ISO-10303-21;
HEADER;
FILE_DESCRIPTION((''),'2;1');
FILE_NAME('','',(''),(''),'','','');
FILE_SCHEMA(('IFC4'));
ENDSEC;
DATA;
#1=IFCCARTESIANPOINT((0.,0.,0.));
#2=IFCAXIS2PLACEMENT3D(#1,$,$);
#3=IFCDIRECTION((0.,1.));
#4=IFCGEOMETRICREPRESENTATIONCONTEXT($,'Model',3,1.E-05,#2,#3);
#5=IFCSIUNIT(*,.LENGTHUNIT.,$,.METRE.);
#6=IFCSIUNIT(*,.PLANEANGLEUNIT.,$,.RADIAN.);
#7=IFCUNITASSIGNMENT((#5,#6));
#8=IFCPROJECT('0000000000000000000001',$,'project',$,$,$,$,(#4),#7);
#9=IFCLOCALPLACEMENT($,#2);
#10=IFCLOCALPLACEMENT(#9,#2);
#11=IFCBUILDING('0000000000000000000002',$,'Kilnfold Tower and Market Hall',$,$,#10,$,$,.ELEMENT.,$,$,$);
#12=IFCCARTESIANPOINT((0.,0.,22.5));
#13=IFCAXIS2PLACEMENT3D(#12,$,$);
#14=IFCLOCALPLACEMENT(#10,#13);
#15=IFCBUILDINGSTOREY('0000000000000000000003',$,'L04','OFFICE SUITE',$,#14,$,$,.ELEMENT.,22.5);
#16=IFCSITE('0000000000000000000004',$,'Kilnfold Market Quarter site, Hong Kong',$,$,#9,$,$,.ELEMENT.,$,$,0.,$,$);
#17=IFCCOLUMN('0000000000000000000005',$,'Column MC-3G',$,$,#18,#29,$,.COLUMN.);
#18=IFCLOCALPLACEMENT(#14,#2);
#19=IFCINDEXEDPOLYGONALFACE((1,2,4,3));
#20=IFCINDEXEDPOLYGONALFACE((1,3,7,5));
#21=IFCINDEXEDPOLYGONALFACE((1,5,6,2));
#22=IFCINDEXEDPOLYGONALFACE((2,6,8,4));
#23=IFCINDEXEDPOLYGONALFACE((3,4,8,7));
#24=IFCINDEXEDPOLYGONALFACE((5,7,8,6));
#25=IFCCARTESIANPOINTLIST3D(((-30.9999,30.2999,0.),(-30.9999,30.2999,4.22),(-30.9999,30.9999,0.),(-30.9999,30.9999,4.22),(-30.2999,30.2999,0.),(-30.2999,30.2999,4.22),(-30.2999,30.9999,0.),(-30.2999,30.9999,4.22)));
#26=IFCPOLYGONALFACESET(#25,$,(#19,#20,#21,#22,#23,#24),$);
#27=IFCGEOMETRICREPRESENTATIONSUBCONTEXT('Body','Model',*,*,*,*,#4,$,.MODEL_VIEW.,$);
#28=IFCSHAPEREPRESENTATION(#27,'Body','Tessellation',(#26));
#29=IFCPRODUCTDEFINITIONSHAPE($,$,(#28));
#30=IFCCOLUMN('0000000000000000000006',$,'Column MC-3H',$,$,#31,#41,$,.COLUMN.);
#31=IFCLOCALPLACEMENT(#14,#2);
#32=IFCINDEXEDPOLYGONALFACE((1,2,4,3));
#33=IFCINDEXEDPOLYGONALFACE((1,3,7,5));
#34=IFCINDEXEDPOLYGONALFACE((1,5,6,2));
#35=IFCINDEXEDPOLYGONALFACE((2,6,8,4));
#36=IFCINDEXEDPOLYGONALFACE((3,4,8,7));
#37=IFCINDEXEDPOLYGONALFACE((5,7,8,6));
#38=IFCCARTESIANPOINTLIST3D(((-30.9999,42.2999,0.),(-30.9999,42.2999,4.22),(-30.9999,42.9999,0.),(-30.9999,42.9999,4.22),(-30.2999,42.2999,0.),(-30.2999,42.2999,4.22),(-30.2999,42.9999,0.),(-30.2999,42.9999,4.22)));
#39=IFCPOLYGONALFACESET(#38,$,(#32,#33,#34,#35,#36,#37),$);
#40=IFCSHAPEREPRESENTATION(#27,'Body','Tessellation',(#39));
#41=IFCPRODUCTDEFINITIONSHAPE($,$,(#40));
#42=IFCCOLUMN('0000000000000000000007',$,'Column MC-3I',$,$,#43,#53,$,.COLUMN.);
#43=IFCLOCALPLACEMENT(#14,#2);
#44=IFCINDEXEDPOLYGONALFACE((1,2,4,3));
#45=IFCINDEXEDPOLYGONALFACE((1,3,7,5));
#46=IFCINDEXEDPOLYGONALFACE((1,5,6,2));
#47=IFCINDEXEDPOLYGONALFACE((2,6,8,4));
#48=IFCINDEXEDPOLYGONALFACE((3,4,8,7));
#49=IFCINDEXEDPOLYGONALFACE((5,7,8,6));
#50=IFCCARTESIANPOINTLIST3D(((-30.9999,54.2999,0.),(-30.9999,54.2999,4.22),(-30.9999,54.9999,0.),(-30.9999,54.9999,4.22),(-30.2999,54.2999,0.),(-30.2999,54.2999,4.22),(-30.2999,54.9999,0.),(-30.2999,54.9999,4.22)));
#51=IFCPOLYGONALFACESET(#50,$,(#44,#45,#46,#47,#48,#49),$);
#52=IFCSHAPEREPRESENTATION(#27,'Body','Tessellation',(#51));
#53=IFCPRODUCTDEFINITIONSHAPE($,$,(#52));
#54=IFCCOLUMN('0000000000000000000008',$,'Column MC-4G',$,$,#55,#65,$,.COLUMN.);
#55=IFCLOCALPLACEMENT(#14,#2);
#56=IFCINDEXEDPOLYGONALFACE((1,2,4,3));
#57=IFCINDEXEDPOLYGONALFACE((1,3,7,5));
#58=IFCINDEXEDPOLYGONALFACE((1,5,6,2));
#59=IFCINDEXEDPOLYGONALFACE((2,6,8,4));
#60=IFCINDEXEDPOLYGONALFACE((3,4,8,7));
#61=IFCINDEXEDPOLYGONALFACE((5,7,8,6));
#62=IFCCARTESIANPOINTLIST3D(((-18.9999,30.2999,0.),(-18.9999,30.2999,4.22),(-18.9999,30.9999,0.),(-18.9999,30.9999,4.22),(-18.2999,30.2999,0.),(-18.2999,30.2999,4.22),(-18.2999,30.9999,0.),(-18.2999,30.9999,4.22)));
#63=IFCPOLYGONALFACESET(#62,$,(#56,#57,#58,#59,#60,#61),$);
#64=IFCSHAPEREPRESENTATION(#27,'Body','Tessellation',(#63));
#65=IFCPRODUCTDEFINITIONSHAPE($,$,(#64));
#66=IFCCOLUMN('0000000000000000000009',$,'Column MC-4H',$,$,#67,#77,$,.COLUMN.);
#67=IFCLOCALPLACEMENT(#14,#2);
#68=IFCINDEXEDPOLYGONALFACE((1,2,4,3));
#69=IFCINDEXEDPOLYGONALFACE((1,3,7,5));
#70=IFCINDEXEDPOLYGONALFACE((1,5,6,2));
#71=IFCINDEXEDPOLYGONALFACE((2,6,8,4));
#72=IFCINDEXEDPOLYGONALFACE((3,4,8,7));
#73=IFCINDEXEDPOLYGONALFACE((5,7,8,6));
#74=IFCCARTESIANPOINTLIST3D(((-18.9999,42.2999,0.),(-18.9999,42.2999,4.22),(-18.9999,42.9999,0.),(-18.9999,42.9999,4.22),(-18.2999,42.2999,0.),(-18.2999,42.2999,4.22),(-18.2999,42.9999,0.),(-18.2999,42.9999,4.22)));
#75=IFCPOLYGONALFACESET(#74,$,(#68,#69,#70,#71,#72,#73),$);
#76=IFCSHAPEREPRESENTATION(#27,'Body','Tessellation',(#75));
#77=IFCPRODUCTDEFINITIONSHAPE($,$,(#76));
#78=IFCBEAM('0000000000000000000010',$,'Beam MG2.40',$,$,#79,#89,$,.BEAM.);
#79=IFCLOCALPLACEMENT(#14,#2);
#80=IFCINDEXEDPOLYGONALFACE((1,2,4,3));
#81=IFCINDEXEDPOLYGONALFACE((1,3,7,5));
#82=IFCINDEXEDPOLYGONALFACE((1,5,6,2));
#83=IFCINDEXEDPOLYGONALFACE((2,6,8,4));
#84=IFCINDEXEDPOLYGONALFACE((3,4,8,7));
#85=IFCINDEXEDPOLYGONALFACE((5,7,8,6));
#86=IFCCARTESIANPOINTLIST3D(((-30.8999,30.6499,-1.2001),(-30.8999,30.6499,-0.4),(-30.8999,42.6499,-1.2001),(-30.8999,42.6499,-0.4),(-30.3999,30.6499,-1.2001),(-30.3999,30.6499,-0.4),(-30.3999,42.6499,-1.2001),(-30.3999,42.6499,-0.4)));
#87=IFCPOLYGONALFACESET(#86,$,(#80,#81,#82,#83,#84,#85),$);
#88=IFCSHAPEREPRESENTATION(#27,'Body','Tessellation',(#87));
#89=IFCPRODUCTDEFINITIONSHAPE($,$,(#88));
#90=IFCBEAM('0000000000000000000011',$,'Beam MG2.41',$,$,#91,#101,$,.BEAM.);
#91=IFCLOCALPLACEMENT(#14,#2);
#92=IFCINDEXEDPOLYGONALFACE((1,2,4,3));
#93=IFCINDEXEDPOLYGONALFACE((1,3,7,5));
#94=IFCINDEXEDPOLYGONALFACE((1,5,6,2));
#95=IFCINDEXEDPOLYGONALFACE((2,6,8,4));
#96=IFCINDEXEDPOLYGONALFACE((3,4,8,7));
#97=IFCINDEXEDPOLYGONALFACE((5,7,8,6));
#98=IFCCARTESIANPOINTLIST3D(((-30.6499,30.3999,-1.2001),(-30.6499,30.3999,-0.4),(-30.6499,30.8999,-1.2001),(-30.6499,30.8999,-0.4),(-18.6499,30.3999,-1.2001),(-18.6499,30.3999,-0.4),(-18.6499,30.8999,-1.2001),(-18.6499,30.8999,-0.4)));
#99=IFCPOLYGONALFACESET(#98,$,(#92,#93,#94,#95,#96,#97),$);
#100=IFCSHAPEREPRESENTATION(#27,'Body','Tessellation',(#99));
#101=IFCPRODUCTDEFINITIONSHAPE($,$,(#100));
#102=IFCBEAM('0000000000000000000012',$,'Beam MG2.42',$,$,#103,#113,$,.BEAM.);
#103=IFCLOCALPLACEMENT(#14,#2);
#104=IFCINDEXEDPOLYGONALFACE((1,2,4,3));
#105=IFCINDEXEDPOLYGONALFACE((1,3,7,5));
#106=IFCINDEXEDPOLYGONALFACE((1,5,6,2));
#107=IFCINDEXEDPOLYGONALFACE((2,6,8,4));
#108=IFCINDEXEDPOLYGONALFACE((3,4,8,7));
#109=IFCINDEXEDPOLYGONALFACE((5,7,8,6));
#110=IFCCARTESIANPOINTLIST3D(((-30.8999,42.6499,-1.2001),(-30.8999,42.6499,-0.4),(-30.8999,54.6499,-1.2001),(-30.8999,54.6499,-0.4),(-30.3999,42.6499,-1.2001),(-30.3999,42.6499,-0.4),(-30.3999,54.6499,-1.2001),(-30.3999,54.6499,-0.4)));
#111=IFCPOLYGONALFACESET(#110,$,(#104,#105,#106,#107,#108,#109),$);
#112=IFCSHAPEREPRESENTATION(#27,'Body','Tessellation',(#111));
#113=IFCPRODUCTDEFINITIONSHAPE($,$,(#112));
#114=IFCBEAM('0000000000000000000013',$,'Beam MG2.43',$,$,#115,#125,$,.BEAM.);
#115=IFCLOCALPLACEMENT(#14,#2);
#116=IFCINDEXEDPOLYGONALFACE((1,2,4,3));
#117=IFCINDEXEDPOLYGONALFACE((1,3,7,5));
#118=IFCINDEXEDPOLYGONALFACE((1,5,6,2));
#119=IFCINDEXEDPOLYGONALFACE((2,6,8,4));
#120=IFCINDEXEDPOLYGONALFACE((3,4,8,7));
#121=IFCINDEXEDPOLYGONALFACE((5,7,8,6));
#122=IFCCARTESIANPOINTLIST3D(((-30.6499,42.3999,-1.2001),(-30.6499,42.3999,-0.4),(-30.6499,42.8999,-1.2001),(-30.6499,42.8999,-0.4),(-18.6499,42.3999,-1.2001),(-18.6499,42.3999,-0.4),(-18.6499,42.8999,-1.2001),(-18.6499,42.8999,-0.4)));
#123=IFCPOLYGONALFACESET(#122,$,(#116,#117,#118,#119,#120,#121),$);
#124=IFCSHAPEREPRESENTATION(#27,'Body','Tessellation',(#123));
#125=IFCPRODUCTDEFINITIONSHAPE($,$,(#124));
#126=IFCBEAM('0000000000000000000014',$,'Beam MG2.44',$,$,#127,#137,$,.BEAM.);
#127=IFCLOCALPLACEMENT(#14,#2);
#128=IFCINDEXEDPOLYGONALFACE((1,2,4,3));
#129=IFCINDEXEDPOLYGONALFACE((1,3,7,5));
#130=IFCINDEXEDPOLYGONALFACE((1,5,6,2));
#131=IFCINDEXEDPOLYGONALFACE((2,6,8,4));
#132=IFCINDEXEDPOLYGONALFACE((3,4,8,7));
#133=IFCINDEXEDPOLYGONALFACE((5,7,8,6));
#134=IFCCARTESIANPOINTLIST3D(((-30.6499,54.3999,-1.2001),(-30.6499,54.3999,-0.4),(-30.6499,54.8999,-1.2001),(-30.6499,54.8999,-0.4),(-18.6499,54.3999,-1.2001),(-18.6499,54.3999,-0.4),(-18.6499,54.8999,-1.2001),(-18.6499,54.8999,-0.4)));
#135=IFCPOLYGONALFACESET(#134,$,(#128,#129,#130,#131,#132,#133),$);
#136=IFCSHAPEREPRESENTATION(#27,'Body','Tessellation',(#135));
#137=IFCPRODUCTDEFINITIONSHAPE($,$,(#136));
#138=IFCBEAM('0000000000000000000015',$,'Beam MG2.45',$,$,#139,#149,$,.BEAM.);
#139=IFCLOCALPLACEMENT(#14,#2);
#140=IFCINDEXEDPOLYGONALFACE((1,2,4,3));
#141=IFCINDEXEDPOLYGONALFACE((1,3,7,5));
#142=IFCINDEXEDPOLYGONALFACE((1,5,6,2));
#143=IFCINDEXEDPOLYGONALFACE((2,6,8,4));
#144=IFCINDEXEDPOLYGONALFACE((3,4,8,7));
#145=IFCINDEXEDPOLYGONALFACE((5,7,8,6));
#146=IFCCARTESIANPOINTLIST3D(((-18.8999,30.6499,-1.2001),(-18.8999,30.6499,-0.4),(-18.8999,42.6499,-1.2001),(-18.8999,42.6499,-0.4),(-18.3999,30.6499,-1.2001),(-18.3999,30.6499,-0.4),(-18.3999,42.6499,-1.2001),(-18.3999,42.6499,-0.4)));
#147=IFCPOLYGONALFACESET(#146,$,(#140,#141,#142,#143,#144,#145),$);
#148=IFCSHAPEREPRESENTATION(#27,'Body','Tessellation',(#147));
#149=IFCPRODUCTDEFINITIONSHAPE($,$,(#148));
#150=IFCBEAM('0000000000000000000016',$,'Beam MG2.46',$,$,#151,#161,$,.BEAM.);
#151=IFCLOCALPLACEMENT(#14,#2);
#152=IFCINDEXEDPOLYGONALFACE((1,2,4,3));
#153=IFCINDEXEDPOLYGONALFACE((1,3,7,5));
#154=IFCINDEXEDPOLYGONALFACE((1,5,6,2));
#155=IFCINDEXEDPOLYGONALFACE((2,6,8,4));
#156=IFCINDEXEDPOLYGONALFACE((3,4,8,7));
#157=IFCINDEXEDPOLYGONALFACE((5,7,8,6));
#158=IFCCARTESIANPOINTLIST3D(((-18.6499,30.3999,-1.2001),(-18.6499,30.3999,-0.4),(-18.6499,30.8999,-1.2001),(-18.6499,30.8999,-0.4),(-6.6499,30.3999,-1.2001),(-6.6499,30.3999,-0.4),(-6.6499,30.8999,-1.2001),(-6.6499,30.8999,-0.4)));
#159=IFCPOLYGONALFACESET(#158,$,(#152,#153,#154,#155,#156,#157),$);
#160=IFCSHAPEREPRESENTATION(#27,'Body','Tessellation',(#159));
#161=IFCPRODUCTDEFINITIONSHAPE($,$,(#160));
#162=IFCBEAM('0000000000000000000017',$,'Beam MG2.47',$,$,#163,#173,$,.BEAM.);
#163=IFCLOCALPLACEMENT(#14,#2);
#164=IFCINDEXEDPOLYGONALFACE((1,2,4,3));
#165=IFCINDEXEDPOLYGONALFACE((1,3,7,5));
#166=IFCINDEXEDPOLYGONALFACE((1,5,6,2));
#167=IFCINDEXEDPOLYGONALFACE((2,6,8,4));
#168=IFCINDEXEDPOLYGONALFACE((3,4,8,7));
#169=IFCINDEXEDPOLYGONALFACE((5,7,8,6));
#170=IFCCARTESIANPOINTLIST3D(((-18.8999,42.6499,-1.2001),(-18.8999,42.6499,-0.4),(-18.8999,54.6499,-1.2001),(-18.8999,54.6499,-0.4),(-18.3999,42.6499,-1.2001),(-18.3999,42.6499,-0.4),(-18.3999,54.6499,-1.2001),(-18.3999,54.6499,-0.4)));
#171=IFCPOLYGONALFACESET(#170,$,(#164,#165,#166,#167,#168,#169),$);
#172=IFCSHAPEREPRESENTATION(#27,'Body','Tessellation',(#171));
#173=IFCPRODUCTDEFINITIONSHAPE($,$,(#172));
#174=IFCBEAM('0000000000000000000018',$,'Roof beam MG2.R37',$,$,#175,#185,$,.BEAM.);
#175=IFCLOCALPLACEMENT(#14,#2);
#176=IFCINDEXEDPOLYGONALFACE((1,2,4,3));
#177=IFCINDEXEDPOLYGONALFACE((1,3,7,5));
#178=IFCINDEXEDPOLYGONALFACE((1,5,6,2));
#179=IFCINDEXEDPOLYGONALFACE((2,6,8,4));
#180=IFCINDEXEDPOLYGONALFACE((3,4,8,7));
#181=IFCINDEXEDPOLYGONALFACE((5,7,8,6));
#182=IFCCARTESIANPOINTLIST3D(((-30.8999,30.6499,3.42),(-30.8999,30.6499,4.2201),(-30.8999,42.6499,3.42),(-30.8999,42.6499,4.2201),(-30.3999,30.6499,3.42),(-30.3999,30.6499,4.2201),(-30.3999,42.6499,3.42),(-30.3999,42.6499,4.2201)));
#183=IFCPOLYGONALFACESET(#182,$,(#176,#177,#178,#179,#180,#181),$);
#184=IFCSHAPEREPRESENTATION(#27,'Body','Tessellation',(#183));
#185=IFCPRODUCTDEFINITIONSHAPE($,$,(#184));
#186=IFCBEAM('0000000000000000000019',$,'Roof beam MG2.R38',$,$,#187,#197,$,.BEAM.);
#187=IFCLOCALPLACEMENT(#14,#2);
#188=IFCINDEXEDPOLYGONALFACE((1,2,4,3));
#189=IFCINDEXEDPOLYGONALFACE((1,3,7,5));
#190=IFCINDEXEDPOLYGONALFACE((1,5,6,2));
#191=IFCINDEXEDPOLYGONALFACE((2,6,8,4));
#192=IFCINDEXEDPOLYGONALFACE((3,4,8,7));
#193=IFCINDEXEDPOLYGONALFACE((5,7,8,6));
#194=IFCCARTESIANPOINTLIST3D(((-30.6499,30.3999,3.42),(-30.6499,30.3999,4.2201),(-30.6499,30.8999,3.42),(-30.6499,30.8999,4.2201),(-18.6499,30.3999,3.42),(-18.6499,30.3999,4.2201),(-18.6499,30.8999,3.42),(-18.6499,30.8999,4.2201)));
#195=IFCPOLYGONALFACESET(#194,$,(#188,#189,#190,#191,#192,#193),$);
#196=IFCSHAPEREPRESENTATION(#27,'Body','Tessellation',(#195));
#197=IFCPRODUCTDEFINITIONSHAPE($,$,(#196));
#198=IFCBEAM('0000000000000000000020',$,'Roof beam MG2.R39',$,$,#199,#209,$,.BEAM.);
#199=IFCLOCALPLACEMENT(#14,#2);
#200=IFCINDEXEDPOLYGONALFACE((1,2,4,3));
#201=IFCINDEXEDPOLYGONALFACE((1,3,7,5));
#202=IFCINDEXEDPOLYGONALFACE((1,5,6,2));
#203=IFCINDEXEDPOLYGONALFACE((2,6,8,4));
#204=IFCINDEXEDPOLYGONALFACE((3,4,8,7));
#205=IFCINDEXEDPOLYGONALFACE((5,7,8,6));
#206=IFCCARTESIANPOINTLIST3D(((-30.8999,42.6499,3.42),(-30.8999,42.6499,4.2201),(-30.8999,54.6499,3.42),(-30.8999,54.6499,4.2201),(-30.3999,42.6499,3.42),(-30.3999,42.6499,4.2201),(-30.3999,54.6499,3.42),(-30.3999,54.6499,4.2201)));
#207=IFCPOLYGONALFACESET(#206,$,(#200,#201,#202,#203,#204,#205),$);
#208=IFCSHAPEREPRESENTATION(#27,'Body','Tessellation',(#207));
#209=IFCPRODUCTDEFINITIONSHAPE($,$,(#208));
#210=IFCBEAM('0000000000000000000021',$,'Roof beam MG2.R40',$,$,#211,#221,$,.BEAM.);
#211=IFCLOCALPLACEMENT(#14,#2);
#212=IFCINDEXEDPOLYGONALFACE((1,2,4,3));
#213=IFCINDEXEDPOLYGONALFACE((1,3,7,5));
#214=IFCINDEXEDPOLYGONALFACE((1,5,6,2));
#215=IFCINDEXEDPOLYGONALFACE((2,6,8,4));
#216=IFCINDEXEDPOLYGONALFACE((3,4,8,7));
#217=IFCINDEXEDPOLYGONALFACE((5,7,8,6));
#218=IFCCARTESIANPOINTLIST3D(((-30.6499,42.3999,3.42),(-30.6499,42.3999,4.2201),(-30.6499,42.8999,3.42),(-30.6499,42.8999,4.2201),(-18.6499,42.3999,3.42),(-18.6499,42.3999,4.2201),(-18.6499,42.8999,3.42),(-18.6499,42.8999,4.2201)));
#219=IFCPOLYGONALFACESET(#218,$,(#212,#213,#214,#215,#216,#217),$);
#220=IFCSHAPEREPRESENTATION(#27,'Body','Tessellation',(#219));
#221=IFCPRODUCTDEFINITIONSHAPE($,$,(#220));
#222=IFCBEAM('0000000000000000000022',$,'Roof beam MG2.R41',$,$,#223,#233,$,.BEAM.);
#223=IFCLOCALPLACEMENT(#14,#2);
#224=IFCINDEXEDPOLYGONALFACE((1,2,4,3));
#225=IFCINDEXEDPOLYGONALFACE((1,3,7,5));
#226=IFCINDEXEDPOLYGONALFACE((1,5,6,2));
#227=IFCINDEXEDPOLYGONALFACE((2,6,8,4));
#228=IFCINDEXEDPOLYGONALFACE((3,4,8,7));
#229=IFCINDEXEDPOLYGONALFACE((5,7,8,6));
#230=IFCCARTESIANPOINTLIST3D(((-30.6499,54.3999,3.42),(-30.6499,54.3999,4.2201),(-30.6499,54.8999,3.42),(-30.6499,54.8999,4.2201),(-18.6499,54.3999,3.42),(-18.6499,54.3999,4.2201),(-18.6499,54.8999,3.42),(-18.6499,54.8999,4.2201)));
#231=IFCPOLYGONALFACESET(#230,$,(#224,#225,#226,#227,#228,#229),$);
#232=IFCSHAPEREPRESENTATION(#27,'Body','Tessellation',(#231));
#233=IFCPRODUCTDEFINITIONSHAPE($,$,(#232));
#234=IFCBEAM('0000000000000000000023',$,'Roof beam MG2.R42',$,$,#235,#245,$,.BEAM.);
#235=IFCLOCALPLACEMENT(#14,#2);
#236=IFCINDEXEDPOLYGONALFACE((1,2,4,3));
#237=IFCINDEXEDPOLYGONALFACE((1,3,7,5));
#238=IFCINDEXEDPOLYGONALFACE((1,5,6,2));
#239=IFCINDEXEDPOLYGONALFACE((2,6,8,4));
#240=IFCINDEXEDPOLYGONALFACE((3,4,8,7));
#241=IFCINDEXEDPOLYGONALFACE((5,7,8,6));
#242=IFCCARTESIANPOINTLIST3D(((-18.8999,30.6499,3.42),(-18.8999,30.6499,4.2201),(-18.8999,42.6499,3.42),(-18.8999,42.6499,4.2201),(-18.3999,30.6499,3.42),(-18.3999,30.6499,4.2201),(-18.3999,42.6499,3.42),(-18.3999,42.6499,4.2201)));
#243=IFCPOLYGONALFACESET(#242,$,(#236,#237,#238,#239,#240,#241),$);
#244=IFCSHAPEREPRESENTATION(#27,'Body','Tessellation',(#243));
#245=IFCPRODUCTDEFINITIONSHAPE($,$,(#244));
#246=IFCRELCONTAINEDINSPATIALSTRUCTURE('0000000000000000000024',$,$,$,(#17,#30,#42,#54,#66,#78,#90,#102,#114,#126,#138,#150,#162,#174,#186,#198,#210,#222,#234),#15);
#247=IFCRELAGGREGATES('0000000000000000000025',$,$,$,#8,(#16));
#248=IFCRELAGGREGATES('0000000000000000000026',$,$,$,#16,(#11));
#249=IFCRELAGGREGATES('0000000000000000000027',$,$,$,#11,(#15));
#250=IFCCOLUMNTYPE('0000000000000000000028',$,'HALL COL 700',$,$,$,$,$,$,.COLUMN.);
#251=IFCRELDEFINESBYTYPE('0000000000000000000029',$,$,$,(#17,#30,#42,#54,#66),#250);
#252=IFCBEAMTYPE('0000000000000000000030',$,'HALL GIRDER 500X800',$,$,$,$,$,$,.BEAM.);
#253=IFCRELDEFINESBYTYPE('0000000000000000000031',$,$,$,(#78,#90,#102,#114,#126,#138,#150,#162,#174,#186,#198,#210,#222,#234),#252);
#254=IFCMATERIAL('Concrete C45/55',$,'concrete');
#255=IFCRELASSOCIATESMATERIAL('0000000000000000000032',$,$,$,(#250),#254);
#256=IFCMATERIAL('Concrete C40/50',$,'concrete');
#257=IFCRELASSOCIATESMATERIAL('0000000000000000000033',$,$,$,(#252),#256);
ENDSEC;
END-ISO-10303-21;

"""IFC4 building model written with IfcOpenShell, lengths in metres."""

from ifc_helpers import new_model, si_unit, direction, frame, origin, origin_2d, place, context, subcontext, project, spatial, rectangle, extrude, source, transform, mapped, material, material_profile, profile_set, type_object, element, save


model = new_model("IFC4")

# Units and contexts
model_context = context("Model", 3, precision=1e-05, world=origin(), true_north=direction((0.0, 1.0)))
body_context = subcontext(model_context, "Body", "Model", "MODEL_VIEW")
ifc_project = project(units=[si_unit("LENGTHUNIT", "METRE"), si_unit("PLANEANGLEUNIT", "RADIAN")], contexts=[model_context])

# Site, building, storey
site_placement = place(None, origin())
site = spatial("IfcSite", under=ifc_project, at=site_placement, Name="Kilnfold Market Quarter site, Hong Kong", CompositionType="ELEMENT", RefElevation=0.0)
building_placement = place(site_placement, origin())
building = spatial("IfcBuilding", under=site, at=building_placement, Name="Kilnfold Tower and Market Hall", CompositionType="ELEMENT")
storey_placement = place(building_placement, frame((0.0, 0.0, 22.5)))
storey = spatial("IfcBuildingStorey", under=building, at=storey_placement, Name="L04", Description="OFFICE SUITE", CompositionType="ELEMENT", Elevation=22.5)

# Columns
ifc_material_1 = material(Name="Concrete C45/55", Category="concrete")
ifc_material_profile_1 = material_profile(ifc_material_1, rectangle(XDim=0.7, YDim=0.7, at=origin_2d()), Name="RC 700x700")
ifc_profile_set_1 = profile_set([ifc_material_profile_1], Name="Concrete C45/55")
column_type = type_object("IfcColumnType", Name="HALL COL 700", PredefinedType="COLUMN", material=ifc_profile_set_1)
shared_shape_1 = source(origin(), body_context, "Body", "SweptSolid", [
    extrude(rectangle(XDim=0.7, YDim=0.7, at=origin_2d()), origin(), (0.0, 0.0, 1.0), 4.22),
])
for number, where, z_axis, x_axis, name in (
    (1, (-30.6499, 30.6499, 0.0), (0.0, 0.0, 1.0), (1.0, 0.0, 0.0), "Column MC-3G"),
    (2, (-30.6499, 42.6499, 0.0), (0.0, 0.0, 1.0), (1.0, 0.0, 0.0), "Column MC-3H"),
    (3, (-30.6499, 54.6499, 0.0), (0.0, 0.0, 1.0), (1.0, 0.0, 0.0), "Column MC-3I"),
    (4, (-18.6499, 30.6499, 0.0), (0.0, 0.0, 1.0), (1.0, 0.0, 0.0), "Column MC-4G"),
    (5, (-18.6499, 42.6499, 0.0), (0.0, 0.0, 1.0), (1.0, 0.0, 0.0), "Column MC-4H"),
):
    element("IfcColumn", number, at=place(storey_placement, frame(where, z_axis=z_axis, x_axis=x_axis)), inside=storey, type_object=column_type, Name=name, PredefinedType="COLUMN", context=body_context, shape_type="MappedRepresentation", body=[
        mapped(shared_shape_1, transform((0.0, 0.0, 0.0))),
    ])

# Beams
ifc_material_2 = material(Name="Concrete C40/50", Category="concrete")
ifc_material_profile_2 = material_profile(ifc_material_2, rectangle(XDim=0.5, YDim=0.8, at=origin_2d()), Name="RC 500x800")
ifc_profile_set_2 = profile_set([ifc_material_profile_2], Name="Concrete C40/50")
beam_type_1 = type_object("IfcBeamType", Name="HALL GIRDER 500X800", PredefinedType="BEAM", material=ifc_profile_set_2)
for number, where, z_axis, x_axis, name in (
    (6, (-30.6499, 30.6499, -0.8), (0.0, 1.0, 0.0), (-1.0, 0.0, 0.0), "Beam MG2.40"),
    (7, (-30.6499, 30.6499, -0.8), (1.0, 0.0, 0.0), (0.0, 1.0, 0.0), "Beam MG2.41"),
    (8, (-30.6499, 42.6499, -0.8), (0.0, 1.0, 0.0), (-1.0, 0.0, 0.0), "Beam MG2.42"),
    (9, (-30.6499, 42.6499, -0.8), (1.0, 0.0, 0.0), (0.0, 1.0, 0.0), "Beam MG2.43"),
    (10, (-30.6499, 54.6499, -0.8), (1.0, 0.0, 0.0), (0.0, 1.0, 0.0), "Beam MG2.44"),
    (11, (-18.6499, 30.6499, -0.8), (0.0, 1.0, 0.0), (-1.0, 0.0, 0.0), "Beam MG2.45"),
    (12, (-18.6499, 30.6499, -0.8), (1.0, 0.0, 0.0), (0.0, 1.0, 0.0), "Beam MG2.46"),
    (13, (-18.6499, 42.6499, -0.8), (0.0, 1.0, 0.0), (-1.0, 0.0, 0.0), "Beam MG2.47"),
    (14, (-30.6499, 30.6499, 3.8201), (0.0, 1.0, 0.0), (-1.0, 0.0, 0.0), "Roof beam MG2.R37"),
    (15, (-30.6499, 30.6499, 3.8201), (1.0, 0.0, 0.0), (0.0, 1.0, 0.0), "Roof beam MG2.R38"),
    (16, (-30.6499, 42.6499, 3.8201), (0.0, 1.0, 0.0), (-1.0, 0.0, 0.0), "Roof beam MG2.R39"),
    (17, (-30.6499, 42.6499, 3.8201), (1.0, 0.0, 0.0), (0.0, 1.0, 0.0), "Roof beam MG2.R40"),
    (18, (-30.6499, 54.6499, 3.8201), (1.0, 0.0, 0.0), (0.0, 1.0, 0.0), "Roof beam MG2.R41"),
    (19, (-18.6499, 30.6499, 3.8201), (0.0, 1.0, 0.0), (-1.0, 0.0, 0.0), "Roof beam MG2.R42"),
):
    element("IfcBeam", number, at=place(storey_placement, frame(where, z_axis=z_axis, x_axis=x_axis)), inside=storey, type_object=beam_type_1, Name=name, PredefinedType="BEAM", context=body_context, shape_type="SweptSolid", body=[
        extrude(rectangle(XDim=0.5, YDim=0.8, at=origin_2d()), origin(), (0.0, 0.0, 1.0), 12.0),
    ])

save(model, "model.ifc")
